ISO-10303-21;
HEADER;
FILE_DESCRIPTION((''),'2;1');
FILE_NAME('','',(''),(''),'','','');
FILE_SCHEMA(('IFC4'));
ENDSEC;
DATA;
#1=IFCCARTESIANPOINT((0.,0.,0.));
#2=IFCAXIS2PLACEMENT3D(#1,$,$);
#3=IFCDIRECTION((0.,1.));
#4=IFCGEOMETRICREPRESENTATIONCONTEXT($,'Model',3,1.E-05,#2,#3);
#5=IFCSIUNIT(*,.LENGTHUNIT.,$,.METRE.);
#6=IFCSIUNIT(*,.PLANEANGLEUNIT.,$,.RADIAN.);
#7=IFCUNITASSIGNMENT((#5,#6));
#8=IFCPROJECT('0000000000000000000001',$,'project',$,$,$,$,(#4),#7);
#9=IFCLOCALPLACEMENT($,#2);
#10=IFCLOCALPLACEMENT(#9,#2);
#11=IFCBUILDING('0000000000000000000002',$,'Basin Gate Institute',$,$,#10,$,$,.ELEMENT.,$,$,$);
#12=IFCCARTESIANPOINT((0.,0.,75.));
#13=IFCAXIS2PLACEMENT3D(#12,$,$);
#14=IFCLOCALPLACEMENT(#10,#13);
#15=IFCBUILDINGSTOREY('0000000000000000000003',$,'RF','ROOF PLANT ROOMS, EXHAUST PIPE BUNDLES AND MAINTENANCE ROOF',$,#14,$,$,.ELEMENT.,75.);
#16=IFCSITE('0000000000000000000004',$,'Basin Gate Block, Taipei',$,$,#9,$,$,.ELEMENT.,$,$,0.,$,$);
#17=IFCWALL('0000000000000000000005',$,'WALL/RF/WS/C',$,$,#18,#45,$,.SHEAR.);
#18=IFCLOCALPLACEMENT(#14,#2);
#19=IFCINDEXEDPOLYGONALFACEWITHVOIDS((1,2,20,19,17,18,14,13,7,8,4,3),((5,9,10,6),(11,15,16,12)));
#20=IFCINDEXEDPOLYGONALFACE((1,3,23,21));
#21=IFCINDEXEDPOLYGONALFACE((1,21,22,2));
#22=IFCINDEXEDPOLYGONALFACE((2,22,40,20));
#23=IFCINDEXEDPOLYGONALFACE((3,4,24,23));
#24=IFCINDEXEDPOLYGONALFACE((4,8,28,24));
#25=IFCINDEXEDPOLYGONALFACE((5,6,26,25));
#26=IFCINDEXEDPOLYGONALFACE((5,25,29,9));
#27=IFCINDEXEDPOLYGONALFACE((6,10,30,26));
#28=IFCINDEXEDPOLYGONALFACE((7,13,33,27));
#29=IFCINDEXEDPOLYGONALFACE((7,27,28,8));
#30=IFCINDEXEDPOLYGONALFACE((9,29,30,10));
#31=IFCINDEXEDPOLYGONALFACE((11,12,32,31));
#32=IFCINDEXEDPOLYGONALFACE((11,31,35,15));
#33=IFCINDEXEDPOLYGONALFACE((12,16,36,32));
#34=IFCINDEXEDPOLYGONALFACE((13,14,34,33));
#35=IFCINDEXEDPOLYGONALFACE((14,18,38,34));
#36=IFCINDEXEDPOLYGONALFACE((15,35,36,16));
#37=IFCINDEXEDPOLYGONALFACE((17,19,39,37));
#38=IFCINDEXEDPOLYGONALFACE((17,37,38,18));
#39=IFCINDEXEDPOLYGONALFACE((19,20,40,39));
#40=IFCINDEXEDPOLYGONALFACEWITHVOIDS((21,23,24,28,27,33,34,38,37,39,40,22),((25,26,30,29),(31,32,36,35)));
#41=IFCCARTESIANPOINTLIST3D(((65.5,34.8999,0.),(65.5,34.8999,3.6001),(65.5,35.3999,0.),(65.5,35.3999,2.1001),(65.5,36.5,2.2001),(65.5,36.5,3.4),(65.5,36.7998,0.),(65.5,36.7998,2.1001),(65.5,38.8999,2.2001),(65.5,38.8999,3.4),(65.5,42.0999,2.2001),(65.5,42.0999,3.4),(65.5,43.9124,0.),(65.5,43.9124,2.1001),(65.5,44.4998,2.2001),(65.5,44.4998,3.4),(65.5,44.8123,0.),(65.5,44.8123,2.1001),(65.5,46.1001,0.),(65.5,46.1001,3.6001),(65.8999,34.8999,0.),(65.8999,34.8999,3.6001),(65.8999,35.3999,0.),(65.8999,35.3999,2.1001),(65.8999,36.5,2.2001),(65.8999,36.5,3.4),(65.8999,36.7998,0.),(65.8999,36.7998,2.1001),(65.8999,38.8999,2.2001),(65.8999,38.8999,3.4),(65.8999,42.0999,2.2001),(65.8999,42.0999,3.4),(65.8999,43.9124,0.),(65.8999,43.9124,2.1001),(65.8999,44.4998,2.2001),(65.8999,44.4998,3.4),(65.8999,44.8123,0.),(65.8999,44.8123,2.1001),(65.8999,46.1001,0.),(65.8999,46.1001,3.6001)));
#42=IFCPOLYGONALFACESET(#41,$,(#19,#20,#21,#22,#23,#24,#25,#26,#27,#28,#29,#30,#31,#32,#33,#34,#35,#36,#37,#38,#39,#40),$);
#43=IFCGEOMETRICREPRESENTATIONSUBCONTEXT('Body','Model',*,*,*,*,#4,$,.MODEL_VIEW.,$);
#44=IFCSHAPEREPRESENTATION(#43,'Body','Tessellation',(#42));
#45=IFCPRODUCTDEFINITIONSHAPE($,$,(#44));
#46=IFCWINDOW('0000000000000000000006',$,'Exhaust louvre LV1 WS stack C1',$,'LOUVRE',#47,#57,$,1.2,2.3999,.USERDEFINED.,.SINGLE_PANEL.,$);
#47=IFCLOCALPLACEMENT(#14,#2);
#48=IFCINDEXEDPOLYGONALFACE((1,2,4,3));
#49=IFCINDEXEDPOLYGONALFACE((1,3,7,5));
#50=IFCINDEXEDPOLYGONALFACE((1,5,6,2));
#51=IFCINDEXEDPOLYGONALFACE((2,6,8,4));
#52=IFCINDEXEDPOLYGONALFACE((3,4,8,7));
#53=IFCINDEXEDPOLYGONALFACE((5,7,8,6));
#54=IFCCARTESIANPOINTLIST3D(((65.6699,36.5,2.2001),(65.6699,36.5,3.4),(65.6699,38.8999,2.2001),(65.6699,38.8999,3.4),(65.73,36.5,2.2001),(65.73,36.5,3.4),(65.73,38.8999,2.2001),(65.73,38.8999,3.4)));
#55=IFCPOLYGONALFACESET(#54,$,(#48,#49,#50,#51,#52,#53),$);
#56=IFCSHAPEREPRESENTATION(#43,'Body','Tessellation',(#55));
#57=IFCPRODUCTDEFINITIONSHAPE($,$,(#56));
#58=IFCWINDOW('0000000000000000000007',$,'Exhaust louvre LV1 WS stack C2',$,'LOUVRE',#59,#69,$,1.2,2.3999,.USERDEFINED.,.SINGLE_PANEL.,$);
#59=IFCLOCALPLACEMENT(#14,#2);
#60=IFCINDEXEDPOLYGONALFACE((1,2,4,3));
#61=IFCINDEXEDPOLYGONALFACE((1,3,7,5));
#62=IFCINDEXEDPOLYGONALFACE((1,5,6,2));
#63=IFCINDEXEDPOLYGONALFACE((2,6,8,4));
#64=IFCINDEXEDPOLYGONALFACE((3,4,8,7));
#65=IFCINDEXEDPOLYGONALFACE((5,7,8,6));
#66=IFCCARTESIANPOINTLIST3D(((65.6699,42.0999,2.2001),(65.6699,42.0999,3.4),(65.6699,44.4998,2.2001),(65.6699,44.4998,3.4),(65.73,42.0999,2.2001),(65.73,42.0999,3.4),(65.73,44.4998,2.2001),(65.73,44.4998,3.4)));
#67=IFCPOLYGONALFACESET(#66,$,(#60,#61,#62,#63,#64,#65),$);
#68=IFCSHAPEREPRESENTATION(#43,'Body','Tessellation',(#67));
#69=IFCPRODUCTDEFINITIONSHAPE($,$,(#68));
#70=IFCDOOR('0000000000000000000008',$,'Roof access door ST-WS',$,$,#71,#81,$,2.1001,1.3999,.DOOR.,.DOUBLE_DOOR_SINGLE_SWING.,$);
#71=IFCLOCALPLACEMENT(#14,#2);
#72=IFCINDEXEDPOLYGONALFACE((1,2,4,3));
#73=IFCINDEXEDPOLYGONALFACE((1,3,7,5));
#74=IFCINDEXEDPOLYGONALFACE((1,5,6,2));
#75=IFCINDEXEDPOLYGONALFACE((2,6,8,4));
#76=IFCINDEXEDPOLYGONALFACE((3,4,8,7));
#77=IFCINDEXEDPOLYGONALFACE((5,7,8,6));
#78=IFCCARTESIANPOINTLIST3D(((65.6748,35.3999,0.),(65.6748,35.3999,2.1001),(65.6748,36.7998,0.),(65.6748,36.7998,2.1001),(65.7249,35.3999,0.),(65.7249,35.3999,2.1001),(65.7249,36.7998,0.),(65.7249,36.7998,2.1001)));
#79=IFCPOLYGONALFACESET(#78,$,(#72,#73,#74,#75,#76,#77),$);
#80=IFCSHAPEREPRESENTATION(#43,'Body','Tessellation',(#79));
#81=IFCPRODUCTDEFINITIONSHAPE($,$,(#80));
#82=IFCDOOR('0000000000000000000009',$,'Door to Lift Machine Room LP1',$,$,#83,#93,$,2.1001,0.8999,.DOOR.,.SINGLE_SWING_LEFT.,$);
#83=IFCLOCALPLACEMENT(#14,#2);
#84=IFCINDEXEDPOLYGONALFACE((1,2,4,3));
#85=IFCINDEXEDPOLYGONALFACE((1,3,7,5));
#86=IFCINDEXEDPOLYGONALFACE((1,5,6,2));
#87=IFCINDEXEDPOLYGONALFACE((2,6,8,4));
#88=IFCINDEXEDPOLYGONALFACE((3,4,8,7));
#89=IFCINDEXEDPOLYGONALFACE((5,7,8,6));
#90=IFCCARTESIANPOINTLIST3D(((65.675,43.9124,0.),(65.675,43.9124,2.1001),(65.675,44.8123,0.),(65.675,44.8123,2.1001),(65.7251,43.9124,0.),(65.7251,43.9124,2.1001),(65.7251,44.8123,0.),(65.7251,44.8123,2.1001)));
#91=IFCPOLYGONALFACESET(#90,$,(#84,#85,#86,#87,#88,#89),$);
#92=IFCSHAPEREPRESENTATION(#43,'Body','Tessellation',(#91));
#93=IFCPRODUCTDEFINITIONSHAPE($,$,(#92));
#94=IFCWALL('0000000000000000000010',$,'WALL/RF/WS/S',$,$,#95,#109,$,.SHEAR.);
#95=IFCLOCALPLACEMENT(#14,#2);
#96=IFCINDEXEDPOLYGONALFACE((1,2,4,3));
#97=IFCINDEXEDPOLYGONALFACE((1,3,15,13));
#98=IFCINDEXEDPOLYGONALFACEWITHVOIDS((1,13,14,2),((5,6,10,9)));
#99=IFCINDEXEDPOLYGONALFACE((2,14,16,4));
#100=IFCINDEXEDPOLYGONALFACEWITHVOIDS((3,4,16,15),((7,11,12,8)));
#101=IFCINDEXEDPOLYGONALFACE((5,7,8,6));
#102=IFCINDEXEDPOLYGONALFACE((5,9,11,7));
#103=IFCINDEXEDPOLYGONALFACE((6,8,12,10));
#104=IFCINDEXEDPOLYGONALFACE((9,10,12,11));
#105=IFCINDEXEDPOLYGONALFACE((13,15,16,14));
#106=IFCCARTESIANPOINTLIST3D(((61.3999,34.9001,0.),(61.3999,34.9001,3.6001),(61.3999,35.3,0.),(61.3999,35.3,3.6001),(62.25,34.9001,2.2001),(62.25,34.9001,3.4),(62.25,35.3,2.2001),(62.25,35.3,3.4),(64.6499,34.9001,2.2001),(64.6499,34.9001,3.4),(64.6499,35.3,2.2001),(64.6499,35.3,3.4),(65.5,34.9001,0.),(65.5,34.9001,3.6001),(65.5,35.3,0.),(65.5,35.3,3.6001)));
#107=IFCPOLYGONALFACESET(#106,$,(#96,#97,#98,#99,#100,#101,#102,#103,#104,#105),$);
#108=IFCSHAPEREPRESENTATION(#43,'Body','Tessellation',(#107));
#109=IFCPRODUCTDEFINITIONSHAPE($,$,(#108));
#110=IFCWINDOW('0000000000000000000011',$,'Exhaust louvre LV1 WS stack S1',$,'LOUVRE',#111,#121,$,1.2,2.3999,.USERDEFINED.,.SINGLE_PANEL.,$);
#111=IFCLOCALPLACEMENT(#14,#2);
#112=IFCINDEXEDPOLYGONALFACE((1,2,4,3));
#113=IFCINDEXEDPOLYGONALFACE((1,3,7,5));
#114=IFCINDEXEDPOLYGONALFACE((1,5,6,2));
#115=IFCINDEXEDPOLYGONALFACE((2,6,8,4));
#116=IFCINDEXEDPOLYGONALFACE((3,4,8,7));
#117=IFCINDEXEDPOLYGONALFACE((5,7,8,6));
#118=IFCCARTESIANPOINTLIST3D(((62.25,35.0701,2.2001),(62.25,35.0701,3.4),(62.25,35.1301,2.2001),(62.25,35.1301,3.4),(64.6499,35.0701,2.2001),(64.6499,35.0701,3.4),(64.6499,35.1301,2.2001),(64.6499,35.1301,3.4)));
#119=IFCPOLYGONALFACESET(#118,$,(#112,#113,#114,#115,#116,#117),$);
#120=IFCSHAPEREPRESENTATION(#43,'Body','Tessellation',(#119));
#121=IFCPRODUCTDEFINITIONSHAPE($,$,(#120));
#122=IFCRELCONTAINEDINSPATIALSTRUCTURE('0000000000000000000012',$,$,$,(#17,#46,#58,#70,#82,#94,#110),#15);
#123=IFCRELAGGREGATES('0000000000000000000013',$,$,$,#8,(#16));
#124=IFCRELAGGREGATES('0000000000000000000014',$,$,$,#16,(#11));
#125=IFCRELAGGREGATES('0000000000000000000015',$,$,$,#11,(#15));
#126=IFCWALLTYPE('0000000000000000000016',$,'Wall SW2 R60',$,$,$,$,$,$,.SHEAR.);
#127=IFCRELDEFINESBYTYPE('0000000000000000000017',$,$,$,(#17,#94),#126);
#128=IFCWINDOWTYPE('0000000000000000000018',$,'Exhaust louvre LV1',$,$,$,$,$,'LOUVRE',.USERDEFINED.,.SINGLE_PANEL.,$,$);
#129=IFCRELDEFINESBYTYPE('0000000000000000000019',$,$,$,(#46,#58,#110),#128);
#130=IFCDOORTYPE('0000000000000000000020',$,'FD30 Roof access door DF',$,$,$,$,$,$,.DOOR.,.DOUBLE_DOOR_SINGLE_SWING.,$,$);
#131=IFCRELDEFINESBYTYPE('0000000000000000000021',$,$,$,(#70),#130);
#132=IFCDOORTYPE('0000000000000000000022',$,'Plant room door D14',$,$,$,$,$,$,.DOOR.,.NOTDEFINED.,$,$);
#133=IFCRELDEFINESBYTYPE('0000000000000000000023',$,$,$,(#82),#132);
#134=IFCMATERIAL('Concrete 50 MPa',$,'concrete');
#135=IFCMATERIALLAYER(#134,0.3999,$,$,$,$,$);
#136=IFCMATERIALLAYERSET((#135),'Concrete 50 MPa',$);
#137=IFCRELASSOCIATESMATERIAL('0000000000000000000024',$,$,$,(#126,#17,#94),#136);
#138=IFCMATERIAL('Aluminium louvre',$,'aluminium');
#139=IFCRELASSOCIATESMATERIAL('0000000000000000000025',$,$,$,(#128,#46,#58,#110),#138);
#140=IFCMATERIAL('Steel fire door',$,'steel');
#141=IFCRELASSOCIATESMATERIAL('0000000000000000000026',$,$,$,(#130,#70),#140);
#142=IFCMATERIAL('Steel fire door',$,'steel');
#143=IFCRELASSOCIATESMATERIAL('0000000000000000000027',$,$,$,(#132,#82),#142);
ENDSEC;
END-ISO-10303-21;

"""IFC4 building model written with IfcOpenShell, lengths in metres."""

from ifc_helpers import new_model, si_unit, direction, frame, frame_2d, origin, place, context, subcontext, project, spatial, rectangle, extrude, material, layer, layer_set, type_object, element, fill, save


model = new_model("IFC4")

# Units and contexts
model_context = context("Model", 3, precision=1e-05, world=origin(), true_north=direction((0.0, 1.0)))
body_context = subcontext(model_context, "Body", "Model", "MODEL_VIEW")
ifc_project = project(units=[si_unit("LENGTHUNIT", "METRE"), si_unit("PLANEANGLEUNIT", "RADIAN")], contexts=[model_context])

# Site, building, storey
site_placement = place(None, origin())
site = spatial("IfcSite", under=ifc_project, at=site_placement, Name="Basin Gate Block, Taipei", CompositionType="ELEMENT", RefElevation=0.0)
building_placement = place(site_placement, origin())
building = spatial("IfcBuilding", under=site, at=building_placement, Name="Basin Gate Institute", CompositionType="ELEMENT")
storey_placement = place(building_placement, frame((0.0, 0.0, 75.0)))
storey = spatial("IfcBuildingStorey", under=building, at=storey_placement, Name="RF", Description="ROOF PLANT ROOMS, EXHAUST PIPE BUNDLES AND MAINTENANCE ROOF", CompositionType="ELEMENT", Elevation=75.0)

# Shared definitions
ifc_material_1 = material(Name="Concrete 50 MPa", Category="concrete")
ifc_layer_1 = layer(ifc_material_1, 0.3999)
ifc_layer_set_1 = layer_set([ifc_layer_1], Name="Concrete 50 MPa")
wall_type_1 = type_object("IfcWallType", Name="Wall SW2 R60", PredefinedType="SHEAR", material=ifc_layer_set_1)
ifc_material_2 = material(Name="Aluminium louvre", Category="aluminium")
window_type = type_object("IfcWindowType", Name="Exhaust louvre LV1", ElementType="LOUVRE", PartitioningType="SINGLE_PANEL", PredefinedType="USERDEFINED", material=ifc_material_2)

# Wall, openings, windows, doors
wall_1_placement = place(storey_placement, frame((65.7, 34.8999, 0.0), z_axis=(0.0, 0.0, 1.0), x_axis=(0.0, 1.0, 0.0)))
wall_1 = element("IfcWall", 1, at=wall_1_placement, inside=storey, type_object=wall_type_1, material=ifc_layer_set_1, Name="WALL/RF/WS/C", PredefinedType="SHEAR", context=body_context, shape_type="SweptSolid", body=[
    extrude(rectangle(XDim=11.2002, YDim=0.3999, at=frame_2d((5.6001, 0.0))), origin(), (0.0, 0.0, 1.0), 3.6001),
])
opening_1_placement = place(wall_1_placement, frame((0.5, 0.0, 0.0)))
opening_1 = element("IfcOpeningElement", 2, at=opening_1_placement, cuts=wall_1, PredefinedType="OPENING", context=body_context, shape_type="SweptSolid", body=[
    extrude(rectangle(XDim=1.3999, YDim=2.1001, at=frame_2d((0.7, 1.05))), frame((0.0, 0.21, 0.0), z_axis=(0.0, -1.0, 0.0), x_axis=(1.0, 0.0, 0.0)), (0.0, 0.0, 1.0), 0.4199),
])
opening_2_placement = place(wall_1_placement, frame((1.6001, 0.0, 2.2)))
opening_2 = element("IfcOpeningElement", 3, at=opening_2_placement, cuts=wall_1, PredefinedType="OPENING", context=body_context, shape_type="SweptSolid", body=[
    extrude(rectangle(XDim=2.3999, YDim=1.2, at=frame_2d((1.2, 0.6001))), frame((0.0, 0.21, 0.0), z_axis=(0.0, -1.0, 0.0), x_axis=(1.0, 0.0, 0.0)), (0.0, 0.0, 1.0), 0.4199),
])
opening_3_placement = place(wall_1_placement, frame((7.2, 0.0, 2.2)))
opening_3 = element("IfcOpeningElement", 4, at=opening_3_placement, cuts=wall_1, PredefinedType="OPENING", context=body_context, shape_type="SweptSolid", body=[
    extrude(rectangle(XDim=2.3999, YDim=1.2, at=frame_2d((1.2, 0.6001))), frame((0.0, 0.21, 0.0), z_axis=(0.0, -1.0, 0.0), x_axis=(1.0, 0.0, 0.0)), (0.0, 0.0, 1.0), 0.4199),
])
opening_4_placement = place(wall_1_placement, frame((9.0125, 0.0, 0.0)))
opening_4 = element("IfcOpeningElement", 5, at=opening_4_placement, cuts=wall_1, PredefinedType="OPENING", context=body_context, shape_type="SweptSolid", body=[
    extrude(rectangle(XDim=0.8999, YDim=2.1001, at=frame_2d((0.45, 1.05))), frame((0.0, 0.21, 0.0), z_axis=(0.0, -1.0, 0.0), x_axis=(1.0, 0.0, 0.0)), (0.0, 0.0, 1.0), 0.4199),
])
window_1_placement = place(opening_2_placement, origin())
window_1 = element("IfcWindow", 6, at=window_1_placement, inside=storey, type_object=window_type, material=ifc_material_2, Name="Exhaust louvre LV1 WS stack C1", ObjectType="LOUVRE", OverallHeight=1.2, OverallWidth=2.3999, PartitioningType="SINGLE_PANEL", PredefinedType="USERDEFINED", context=body_context, shape_type="SweptSolid", body=[
    extrude(rectangle(XDim=2.3999, YDim=1.2, at=frame_2d((1.2, 0.6001))), frame((0.0, 0.03, 0.0), z_axis=(0.0, -1.0, 0.0), x_axis=(1.0, 0.0, 0.0)), (0.0, 0.0, 1.0), 0.0601),
])
fill(opening_2, window_1)
window_2_placement = place(opening_3_placement, origin())
window_2 = element("IfcWindow", 7, at=window_2_placement, inside=storey, type_object=window_type, material=ifc_material_2, Name="Exhaust louvre LV1 WS stack C2", ObjectType="LOUVRE", OverallHeight=1.2, OverallWidth=2.3999, PartitioningType="SINGLE_PANEL", PredefinedType="USERDEFINED", context=body_context, shape_type="SweptSolid", body=[
    extrude(rectangle(XDim=2.3999, YDim=1.2, at=frame_2d((1.2, 0.6001))), frame((0.0, 0.03, 0.0), z_axis=(0.0, -1.0, 0.0), x_axis=(1.0, 0.0, 0.0)), (0.0, 0.0, 1.0), 0.0601),
])
fill(opening_3, window_2)
ifc_material_3 = material(Name="Steel fire door", Category="steel")
door_type_1 = type_object("IfcDoorType", Name="FD30 Roof access door DF", OperationType="DOUBLE_DOOR_SINGLE_SWING", PredefinedType="DOOR", material=ifc_material_3)
door_1_placement = place(opening_1_placement, frame((1.3999, 0.0, 0.0), z_axis=(0.0, 0.0, 1.0), x_axis=(-1.0, 0.0, 0.0)))
door_1 = element("IfcDoor", 8, at=door_1_placement, inside=storey, type_object=door_type_1, material=ifc_material_3, Name="Roof access door ST-WS", OperationType="DOUBLE_DOOR_SINGLE_SWING", OverallHeight=2.1001, OverallWidth=1.3999, PredefinedType="DOOR", context=body_context, shape_type="SweptSolid", body=[
    extrude(rectangle(XDim=1.3999, YDim=2.1001, at=frame_2d((0.7, 1.05))), frame((0.0, 0.0249, 0.0), z_axis=(0.0, -1.0, 0.0), x_axis=(1.0, 0.0, 0.0)), (0.0, 0.0, 1.0), 0.05),
])
fill(opening_1, door_1)
ifc_material_4 = material(Name="Steel fire door", Category="steel")
door_type_2 = type_object("IfcDoorType", Name="Plant room door D14", OperationType="NOTDEFINED", PredefinedType="DOOR", material=ifc_material_4)
door_2_placement = place(opening_4_placement, origin())
door_2 = element("IfcDoor", 9, at=door_2_placement, inside=storey, type_object=door_type_2, material=ifc_material_4, Name="Door to Lift Machine Room LP1", OperationType="SINGLE_SWING_LEFT", OverallHeight=2.1001, OverallWidth=0.8999, PredefinedType="DOOR", context=body_context, shape_type="SweptSolid", body=[
    extrude(rectangle(XDim=0.8999, YDim=2.1001, at=frame_2d((0.45, 1.05))), frame((0.0, 0.0249, 0.0), z_axis=(0.0, -1.0, 0.0), x_axis=(1.0, 0.0, 0.0)), (0.0, 0.0, 1.0), 0.05),
])
fill(opening_4, door_2)

# Wall, opening, window
wall_2_placement = place(storey_placement, frame((61.3999, 35.1001, 0.0), z_axis=(0.0, 0.0, 1.0), x_axis=(1.0, 0.0, 0.0)))
wall_2 = element("IfcWall", 10, at=wall_2_placement, inside=storey, type_object=wall_type_1, material=ifc_layer_set_1, Name="WALL/RF/WS/S", PredefinedType="SHEAR", context=body_context, shape_type="SweptSolid", body=[
    extrude(rectangle(XDim=4.1001, YDim=0.3999, at=frame_2d((2.05, 0.0))), origin(), (0.0, 0.0, 1.0), 3.6001),
])
opening_5_placement = place(wall_2_placement, frame((0.8501, 0.0, 2.2)))
opening_5 = element("IfcOpeningElement", 11, at=opening_5_placement, cuts=wall_2, PredefinedType="OPENING", context=body_context, shape_type="SweptSolid", body=[
    extrude(rectangle(XDim=2.3999, YDim=1.2, at=frame_2d((1.2, 0.6001))), frame((0.0, 0.21, 0.0), z_axis=(0.0, -1.0, 0.0), x_axis=(1.0, 0.0, 0.0)), (0.0, 0.0, 1.0), 0.4199),
])
window_3_placement = place(opening_5_placement, origin())
window_3 = element("IfcWindow", 12, at=window_3_placement, inside=storey, type_object=window_type, material=ifc_material_2, Name="Exhaust louvre LV1 WS stack S1", ObjectType="LOUVRE", OverallHeight=1.2, OverallWidth=2.3999, PartitioningType="SINGLE_PANEL", PredefinedType="USERDEFINED", context=body_context, shape_type="SweptSolid", body=[
    extrude(rectangle(XDim=2.3999, YDim=1.2, at=frame_2d((1.2, 0.6001))), frame((0.0, 0.03, 0.0), z_axis=(0.0, -1.0, 0.0), x_axis=(1.0, 0.0, 0.0)), (0.0, 0.0, 1.0), 0.0601),
])
fill(opening_5, window_3)

save(model, "model.ifc")
